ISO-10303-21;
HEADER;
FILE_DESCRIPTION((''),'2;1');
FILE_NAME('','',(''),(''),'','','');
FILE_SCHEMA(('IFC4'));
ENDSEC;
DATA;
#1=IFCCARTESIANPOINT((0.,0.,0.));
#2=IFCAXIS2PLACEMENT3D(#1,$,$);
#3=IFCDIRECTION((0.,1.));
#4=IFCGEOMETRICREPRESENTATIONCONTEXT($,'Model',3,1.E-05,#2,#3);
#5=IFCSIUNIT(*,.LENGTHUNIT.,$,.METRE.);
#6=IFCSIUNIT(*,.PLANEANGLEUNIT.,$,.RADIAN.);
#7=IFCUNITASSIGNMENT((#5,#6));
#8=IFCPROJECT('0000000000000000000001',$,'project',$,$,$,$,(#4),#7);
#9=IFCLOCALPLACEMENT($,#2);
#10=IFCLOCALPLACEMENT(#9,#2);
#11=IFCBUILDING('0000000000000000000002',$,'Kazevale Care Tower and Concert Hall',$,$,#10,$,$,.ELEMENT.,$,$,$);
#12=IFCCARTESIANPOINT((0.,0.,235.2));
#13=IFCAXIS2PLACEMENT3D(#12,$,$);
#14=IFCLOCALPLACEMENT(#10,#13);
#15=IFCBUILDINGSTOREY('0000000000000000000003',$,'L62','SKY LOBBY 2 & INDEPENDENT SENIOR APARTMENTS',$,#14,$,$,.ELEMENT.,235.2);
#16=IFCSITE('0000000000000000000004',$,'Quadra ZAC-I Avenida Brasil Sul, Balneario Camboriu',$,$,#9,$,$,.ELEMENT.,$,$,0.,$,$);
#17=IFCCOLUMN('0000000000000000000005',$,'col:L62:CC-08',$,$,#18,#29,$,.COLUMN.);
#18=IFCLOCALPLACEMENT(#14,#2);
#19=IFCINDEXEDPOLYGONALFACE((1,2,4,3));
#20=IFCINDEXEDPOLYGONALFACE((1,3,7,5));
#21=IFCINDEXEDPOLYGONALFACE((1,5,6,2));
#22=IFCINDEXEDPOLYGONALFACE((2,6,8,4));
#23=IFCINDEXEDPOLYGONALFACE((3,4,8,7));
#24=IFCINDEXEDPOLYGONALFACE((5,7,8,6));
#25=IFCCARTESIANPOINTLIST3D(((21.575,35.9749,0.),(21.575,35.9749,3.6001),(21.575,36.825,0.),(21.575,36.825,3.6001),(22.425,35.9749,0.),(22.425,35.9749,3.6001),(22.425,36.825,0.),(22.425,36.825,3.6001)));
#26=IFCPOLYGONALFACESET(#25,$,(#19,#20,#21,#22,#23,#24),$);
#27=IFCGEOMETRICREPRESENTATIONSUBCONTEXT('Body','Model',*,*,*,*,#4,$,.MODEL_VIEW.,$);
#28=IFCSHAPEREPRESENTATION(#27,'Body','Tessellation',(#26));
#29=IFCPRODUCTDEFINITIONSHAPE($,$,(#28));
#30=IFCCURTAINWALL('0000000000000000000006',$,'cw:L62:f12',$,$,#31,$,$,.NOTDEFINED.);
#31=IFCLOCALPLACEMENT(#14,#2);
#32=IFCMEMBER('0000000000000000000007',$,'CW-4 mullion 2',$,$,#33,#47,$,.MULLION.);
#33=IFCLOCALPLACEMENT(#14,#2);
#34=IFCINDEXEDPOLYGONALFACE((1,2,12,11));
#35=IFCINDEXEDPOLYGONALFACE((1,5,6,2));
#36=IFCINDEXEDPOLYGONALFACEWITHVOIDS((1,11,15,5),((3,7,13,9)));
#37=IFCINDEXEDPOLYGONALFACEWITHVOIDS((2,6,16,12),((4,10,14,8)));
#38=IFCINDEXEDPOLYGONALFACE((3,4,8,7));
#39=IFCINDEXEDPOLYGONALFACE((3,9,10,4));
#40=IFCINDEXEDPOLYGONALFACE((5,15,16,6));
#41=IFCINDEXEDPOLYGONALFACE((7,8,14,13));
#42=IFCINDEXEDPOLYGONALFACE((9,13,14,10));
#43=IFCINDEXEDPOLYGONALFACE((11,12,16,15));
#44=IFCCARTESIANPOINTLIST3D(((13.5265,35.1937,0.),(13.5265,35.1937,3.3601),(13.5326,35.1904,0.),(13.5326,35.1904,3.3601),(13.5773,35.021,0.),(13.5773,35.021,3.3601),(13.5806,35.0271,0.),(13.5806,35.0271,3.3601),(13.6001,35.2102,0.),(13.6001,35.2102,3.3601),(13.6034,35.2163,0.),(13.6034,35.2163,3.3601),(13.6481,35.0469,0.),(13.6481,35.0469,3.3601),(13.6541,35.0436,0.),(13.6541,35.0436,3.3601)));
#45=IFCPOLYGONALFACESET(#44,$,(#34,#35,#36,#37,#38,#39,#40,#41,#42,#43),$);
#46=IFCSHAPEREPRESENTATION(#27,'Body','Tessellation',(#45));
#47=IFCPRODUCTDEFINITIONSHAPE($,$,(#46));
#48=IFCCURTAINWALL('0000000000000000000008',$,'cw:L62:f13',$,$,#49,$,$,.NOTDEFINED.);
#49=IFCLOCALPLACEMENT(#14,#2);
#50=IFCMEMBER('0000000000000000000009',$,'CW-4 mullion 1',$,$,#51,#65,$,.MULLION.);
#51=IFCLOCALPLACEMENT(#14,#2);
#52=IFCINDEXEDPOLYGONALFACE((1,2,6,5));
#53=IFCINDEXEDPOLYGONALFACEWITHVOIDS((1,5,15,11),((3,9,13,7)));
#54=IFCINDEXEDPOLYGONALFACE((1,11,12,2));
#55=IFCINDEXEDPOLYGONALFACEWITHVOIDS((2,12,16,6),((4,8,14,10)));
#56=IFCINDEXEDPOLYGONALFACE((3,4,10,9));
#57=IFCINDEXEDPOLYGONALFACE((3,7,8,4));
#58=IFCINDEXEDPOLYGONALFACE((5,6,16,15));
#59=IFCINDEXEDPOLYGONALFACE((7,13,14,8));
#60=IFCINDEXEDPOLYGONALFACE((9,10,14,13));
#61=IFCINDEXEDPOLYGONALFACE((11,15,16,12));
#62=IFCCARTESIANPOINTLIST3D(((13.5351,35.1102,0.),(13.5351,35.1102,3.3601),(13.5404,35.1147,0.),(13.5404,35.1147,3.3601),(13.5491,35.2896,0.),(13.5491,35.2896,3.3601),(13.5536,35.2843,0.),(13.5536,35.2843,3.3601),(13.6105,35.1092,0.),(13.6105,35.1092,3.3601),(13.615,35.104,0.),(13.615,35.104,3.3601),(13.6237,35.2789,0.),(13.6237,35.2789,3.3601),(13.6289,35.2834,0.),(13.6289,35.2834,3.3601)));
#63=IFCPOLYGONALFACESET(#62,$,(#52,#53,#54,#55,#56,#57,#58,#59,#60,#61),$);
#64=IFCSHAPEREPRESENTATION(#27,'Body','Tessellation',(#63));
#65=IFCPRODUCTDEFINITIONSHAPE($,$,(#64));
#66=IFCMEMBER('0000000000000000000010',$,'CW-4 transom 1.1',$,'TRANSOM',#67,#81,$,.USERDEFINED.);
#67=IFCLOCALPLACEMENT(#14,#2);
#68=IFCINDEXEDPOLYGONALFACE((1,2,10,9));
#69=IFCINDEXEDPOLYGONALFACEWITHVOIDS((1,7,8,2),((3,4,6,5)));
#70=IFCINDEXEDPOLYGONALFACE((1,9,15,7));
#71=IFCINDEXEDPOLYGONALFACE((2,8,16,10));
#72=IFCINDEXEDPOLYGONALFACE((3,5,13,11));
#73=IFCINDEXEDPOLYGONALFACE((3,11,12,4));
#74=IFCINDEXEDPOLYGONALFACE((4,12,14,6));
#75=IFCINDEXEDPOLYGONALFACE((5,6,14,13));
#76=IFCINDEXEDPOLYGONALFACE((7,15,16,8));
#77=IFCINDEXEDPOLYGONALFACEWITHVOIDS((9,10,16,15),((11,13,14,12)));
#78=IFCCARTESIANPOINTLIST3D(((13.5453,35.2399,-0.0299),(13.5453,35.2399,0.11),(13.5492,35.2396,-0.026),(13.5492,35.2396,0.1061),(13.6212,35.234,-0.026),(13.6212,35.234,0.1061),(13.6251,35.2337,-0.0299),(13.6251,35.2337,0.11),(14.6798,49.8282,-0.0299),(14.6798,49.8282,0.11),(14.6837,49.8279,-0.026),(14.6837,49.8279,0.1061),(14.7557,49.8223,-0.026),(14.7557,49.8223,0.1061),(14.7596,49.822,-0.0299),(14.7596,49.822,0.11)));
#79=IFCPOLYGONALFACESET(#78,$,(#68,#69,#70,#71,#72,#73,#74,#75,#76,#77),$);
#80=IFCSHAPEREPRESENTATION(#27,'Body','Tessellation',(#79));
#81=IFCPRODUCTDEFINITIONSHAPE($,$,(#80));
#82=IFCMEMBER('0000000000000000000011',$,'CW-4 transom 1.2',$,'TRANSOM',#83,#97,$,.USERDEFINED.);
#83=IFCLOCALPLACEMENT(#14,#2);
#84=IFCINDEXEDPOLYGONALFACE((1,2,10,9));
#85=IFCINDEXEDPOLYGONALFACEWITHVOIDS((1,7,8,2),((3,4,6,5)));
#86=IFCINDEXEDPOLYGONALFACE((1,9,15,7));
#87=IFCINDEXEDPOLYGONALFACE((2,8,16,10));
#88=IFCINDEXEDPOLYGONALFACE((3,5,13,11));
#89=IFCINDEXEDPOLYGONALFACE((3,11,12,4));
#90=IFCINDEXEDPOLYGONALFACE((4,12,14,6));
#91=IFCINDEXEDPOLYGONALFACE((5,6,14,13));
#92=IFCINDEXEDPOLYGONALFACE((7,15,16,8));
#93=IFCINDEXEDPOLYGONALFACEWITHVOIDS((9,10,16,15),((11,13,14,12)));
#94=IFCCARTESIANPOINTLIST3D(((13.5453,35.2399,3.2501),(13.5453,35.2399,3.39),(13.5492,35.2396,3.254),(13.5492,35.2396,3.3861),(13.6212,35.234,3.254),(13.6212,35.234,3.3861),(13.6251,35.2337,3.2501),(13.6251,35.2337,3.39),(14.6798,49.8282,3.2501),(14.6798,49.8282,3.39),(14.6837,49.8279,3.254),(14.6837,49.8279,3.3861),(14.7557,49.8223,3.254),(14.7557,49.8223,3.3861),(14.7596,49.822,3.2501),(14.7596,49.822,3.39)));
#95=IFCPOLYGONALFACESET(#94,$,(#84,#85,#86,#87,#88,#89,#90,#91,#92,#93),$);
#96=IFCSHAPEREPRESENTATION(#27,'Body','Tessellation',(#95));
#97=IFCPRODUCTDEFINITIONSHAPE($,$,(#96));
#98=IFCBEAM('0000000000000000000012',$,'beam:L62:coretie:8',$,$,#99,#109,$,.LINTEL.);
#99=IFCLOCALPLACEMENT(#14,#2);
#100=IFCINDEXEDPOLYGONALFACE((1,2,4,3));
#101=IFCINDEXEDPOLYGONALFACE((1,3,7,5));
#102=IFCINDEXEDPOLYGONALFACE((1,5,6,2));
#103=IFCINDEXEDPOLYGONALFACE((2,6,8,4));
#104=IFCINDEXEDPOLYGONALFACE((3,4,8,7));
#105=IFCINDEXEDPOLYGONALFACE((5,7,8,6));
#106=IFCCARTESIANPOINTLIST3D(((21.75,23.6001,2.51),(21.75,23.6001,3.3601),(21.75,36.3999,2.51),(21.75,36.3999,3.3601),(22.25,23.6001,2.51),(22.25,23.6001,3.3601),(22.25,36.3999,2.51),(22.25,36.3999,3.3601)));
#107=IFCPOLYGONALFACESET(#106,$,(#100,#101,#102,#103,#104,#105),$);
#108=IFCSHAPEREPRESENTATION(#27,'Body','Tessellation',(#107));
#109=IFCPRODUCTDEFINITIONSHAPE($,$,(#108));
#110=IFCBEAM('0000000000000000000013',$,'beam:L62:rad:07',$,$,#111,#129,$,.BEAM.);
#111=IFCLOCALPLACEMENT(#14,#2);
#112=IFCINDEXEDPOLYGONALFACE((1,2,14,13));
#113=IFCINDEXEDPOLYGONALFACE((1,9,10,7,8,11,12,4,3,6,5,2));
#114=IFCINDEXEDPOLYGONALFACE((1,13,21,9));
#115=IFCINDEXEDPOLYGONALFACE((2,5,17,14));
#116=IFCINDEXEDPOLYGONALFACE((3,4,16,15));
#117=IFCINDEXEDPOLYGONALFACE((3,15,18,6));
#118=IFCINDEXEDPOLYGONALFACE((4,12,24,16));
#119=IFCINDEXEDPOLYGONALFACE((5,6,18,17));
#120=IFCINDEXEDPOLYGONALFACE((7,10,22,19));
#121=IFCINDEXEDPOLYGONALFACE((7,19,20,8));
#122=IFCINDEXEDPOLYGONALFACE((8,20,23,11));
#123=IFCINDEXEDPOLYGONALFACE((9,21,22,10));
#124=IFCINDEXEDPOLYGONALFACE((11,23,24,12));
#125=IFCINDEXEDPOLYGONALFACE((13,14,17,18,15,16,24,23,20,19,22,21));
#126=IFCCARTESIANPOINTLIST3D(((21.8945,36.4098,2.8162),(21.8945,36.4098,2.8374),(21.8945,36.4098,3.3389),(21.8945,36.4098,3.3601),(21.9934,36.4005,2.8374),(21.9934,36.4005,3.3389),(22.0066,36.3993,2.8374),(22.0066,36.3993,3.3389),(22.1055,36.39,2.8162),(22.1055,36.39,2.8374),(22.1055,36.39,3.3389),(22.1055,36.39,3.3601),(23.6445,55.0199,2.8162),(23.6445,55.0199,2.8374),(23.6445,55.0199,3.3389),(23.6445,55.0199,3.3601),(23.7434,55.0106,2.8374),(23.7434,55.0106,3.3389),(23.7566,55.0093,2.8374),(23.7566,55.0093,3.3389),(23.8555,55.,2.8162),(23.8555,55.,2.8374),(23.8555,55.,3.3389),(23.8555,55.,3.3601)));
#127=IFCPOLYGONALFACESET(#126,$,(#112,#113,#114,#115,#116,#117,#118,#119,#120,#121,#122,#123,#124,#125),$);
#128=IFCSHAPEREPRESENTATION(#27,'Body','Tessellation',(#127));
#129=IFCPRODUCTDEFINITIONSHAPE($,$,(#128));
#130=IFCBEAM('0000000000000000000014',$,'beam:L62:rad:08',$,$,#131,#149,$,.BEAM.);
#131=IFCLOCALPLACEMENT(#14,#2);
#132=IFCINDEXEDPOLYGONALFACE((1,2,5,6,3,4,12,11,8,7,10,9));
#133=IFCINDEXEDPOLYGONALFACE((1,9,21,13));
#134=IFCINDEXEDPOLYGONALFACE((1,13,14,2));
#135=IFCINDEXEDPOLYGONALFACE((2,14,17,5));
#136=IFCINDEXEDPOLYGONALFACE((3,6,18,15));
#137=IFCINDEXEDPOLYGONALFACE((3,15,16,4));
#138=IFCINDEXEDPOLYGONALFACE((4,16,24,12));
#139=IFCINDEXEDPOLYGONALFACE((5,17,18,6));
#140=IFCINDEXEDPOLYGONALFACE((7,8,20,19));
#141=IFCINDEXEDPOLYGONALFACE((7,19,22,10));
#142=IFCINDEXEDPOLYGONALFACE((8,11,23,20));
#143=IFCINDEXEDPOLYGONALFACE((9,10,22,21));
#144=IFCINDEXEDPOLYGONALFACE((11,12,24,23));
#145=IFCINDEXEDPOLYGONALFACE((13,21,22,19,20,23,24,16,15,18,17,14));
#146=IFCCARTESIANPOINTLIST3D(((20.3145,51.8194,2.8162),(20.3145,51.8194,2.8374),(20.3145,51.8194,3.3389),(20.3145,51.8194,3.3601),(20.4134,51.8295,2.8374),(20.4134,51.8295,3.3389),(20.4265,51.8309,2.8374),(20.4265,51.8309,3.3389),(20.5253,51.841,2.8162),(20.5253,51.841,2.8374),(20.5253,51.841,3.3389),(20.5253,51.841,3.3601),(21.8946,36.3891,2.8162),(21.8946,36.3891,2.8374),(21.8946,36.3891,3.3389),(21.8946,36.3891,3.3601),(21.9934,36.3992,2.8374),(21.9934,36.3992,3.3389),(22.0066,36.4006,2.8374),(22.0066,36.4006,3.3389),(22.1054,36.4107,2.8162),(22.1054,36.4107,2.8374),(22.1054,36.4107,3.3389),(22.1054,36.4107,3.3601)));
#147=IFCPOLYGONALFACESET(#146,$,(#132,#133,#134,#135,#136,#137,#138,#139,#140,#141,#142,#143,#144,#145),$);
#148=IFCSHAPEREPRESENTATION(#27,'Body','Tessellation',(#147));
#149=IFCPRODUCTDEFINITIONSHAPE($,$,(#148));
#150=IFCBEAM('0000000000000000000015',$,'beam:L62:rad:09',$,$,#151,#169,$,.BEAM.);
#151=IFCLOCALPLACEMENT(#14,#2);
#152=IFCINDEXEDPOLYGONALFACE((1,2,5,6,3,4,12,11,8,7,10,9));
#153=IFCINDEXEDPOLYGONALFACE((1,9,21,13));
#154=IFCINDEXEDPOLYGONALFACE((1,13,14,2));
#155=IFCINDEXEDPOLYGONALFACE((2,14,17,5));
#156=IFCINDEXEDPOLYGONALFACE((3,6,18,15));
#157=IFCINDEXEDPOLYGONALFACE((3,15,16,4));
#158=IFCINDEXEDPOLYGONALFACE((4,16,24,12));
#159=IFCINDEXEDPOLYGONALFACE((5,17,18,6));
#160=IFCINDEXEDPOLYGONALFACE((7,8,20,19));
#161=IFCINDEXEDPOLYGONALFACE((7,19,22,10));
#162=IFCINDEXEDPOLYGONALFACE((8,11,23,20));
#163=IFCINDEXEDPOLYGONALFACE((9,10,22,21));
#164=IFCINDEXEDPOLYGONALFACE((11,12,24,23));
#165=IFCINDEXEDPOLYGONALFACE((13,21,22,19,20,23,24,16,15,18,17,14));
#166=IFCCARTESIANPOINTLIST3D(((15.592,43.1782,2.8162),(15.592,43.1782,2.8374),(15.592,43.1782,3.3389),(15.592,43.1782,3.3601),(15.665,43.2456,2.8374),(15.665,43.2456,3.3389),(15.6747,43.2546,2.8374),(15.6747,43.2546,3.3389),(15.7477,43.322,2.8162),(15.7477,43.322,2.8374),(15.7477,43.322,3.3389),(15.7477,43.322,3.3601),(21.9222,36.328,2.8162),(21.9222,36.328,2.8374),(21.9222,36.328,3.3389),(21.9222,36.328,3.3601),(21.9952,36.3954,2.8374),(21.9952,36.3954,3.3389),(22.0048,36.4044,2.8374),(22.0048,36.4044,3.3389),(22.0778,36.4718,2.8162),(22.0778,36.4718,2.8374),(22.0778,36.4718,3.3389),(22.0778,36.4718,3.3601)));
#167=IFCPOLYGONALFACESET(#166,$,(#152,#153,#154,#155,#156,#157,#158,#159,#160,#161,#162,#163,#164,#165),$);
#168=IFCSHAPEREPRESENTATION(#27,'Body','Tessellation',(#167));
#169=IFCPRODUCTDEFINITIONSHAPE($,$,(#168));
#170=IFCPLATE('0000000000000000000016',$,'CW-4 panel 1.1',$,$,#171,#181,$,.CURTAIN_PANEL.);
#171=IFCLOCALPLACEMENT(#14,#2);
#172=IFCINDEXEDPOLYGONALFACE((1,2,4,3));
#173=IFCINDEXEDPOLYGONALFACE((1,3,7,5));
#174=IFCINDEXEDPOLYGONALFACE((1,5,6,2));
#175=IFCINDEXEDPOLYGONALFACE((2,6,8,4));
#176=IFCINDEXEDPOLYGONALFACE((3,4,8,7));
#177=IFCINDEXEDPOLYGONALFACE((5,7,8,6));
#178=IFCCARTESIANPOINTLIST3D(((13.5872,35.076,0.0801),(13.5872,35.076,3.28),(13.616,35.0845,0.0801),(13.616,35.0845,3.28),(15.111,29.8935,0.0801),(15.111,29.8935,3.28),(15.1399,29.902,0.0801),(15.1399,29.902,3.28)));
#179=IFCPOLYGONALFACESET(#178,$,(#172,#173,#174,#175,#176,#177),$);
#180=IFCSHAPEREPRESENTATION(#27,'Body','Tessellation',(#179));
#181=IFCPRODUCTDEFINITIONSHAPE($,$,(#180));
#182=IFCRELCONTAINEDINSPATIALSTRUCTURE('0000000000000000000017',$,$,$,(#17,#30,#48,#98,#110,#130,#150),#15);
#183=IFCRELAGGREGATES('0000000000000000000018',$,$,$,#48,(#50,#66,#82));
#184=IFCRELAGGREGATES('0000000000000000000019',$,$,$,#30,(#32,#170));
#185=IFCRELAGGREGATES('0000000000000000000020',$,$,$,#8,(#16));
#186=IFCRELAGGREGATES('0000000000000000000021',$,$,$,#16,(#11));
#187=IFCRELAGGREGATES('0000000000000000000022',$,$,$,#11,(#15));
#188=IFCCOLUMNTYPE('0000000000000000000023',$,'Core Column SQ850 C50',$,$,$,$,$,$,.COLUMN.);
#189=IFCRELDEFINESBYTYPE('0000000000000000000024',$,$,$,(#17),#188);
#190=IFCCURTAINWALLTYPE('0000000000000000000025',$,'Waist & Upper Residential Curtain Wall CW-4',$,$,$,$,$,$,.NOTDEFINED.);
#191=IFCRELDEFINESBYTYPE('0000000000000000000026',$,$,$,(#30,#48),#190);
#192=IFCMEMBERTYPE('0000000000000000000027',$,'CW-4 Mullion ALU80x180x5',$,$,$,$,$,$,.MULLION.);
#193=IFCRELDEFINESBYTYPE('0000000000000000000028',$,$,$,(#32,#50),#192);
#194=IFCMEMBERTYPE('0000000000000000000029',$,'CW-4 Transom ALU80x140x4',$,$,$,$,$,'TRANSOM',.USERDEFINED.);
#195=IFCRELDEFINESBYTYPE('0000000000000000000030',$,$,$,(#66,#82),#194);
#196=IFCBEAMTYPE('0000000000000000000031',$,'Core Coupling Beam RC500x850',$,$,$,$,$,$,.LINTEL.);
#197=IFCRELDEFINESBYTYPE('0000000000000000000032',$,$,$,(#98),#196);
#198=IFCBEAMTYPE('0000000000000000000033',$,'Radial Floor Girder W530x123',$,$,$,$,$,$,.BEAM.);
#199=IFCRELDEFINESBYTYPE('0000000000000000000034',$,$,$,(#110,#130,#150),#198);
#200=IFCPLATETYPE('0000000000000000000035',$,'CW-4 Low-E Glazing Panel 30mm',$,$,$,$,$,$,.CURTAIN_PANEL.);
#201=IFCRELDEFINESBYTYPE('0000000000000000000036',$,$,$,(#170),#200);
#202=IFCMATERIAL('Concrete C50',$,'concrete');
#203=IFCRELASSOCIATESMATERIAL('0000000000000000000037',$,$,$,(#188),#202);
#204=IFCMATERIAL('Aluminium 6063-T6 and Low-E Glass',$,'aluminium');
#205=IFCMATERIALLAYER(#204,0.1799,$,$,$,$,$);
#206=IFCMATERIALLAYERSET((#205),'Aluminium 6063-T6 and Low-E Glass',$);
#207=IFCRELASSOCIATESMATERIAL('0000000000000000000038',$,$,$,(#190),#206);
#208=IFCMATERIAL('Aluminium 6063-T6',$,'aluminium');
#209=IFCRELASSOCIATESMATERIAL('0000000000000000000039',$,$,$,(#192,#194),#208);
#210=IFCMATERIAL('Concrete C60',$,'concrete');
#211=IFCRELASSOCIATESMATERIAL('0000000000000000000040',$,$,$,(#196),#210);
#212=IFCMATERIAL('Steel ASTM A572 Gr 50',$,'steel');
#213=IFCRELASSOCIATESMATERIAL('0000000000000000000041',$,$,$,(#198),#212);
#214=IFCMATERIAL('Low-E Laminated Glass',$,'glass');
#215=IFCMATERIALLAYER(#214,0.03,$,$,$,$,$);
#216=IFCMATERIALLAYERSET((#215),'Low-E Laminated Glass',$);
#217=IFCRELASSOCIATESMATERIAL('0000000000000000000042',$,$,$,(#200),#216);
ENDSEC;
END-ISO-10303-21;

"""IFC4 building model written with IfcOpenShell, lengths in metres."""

from ifc_helpers import new_model, si_unit, direction, frame, origin, origin_2d, place, context, subcontext, project, spatial, rectangle, hollow_rectangle, i_section, extrude, material, layer, layer_set, material_profile, profile_set, type_object, element, aggregate, save


model = new_model("IFC4")

# Units and contexts
model_context = context("Model", 3, precision=1e-05, world=origin(), true_north=direction((0.0, 1.0)))
body_context = subcontext(model_context, "Body", "Model", "MODEL_VIEW")
ifc_project = project(units=[si_unit("LENGTHUNIT", "METRE"), si_unit("PLANEANGLEUNIT", "RADIAN")], contexts=[model_context])

# Site, building, storey
site_placement = place(None, origin())
site = spatial("IfcSite", under=ifc_project, at=site_placement, Name="Quadra ZAC-I Avenida Brasil Sul, Balneario Camboriu", CompositionType="ELEMENT", RefElevation=0.0)
building_placement = place(site_placement, origin())
building = spatial("IfcBuilding", under=site, at=building_placement, Name="Kazevale Care Tower and Concert Hall", CompositionType="ELEMENT")
storey_placement = place(building_placement, frame((0.0, 0.0, 235.2)))
storey = spatial("IfcBuildingStorey", under=building, at=storey_placement, Name="L62", Description="SKY LOBBY 2 & INDEPENDENT SENIOR APARTMENTS", CompositionType="ELEMENT", Elevation=235.2)

# Column
ifc_material_1 = material(Name="Concrete C50", Category="concrete")
ifc_material_profile_1 = material_profile(ifc_material_1, rectangle(XDim=0.8501, YDim=0.8501, at=origin_2d()), Name="RC-SQ850")
ifc_profile_set_1 = profile_set([ifc_material_profile_1], Name="Concrete C50")
column_type = type_object("IfcColumnType", Name="Core Column SQ850 C50", PredefinedType="COLUMN", material=ifc_profile_set_1)
column_placement = place(storey_placement, frame((22.0, 36.3999, 0.0), z_axis=(0.0, 0.0, 1.0), x_axis=(1.0, 0.0, 0.0)))
element("IfcColumn", 1, at=column_placement, inside=storey, type_object=column_type, Name="col:L62:CC-08", PredefinedType="COLUMN", context=body_context, shape_type="SweptSolid", body=[
    extrude(rectangle(XDim=0.8501, YDim=0.8501, at=origin_2d()), origin(), (0.0, 0.0, 1.0), 3.6001),
])

# Curtain wall, member
ifc_material_2 = material(Name="Aluminium 6063-T6 and Low-E Glass", Category="aluminium")
ifc_layer_1 = layer(ifc_material_2, 0.1799)
ifc_layer_set_1 = layer_set([ifc_layer_1], Name="Aluminium 6063-T6 and Low-E Glass")
curtain_wall_type = type_object("IfcCurtainWallType", Name="Waist & Upper Residential Curtain Wall CW-4", PredefinedType="NOTDEFINED", material=ifc_layer_set_1)
curtain_wall_1_placement = place(storey_placement, origin())
curtain_wall_1 = element("IfcCurtainWall", 2, at=curtain_wall_1_placement, inside=storey, type_object=curtain_wall_type, Name="cw:L62:f12", PredefinedType="NOTDEFINED")
ifc_material_3 = material(Name="Aluminium 6063-T6", Category="aluminium")
ifc_material_profile_2 = material_profile(ifc_material_3, hollow_rectangle(XDim=0.0801, YDim=0.1799, WallThickness=0.0049, at=origin_2d()), Name="ALU80x180x5")
ifc_profile_set_2 = profile_set([ifc_material_profile_2], Name="Aluminium 6063-T6")
member_type_1 = type_object("IfcMemberType", Name="CW-4 Mullion ALU80x180x5", PredefinedType="MULLION", material=ifc_profile_set_2)
member_1_placement = place(storey_placement, frame((13.5903, 35.1187, 0.0), z_axis=(0.0, 0.0, 1.0), x_axis=(-0.959386, -0.282098, 0.0)))
member_1 = element("IfcMember", 3, at=member_1_placement, type_object=member_type_1, Name="CW-4 mullion 2", PredefinedType="MULLION", context=body_context, shape_type="SweptSolid", body=[
    extrude(hollow_rectangle(XDim=0.0801, YDim=0.1799, WallThickness=0.0049, at=origin_2d()), origin(), (0.0, 0.0, 1.0), 3.3601),
])

# Curtain wall, members
curtain_wall_2_placement = place(storey_placement, origin())
curtain_wall_2 = element("IfcCurtainWall", 4, at=curtain_wall_2_placement, inside=storey, type_object=curtain_wall_type, Name="cw:L62:f13", PredefinedType="NOTDEFINED")
member_2_placement = place(storey_placement, frame((13.582, 35.1968, 0.0), z_axis=(0.0, 0.0, 1.0), x_axis=(-0.996989, 0.077539, 0.0)))
member_2 = element("IfcMember", 5, at=member_2_placement, type_object=member_type_1, Name="CW-4 mullion 1", PredefinedType="MULLION", context=body_context, shape_type="SweptSolid", body=[
    extrude(hollow_rectangle(XDim=0.0801, YDim=0.1799, WallThickness=0.0049, at=origin_2d()), origin(), (0.0, 0.0, 1.0), 3.3601),
])
ifc_material_profile_3 = material_profile(ifc_material_3, hollow_rectangle(XDim=0.0801, YDim=0.1399, WallThickness=0.0039, at=origin_2d()), Name="ALU80x140x4")
ifc_profile_set_3 = profile_set([ifc_material_profile_3], Name="Aluminium 6063-T6")
member_type_2 = type_object("IfcMemberType", Name="CW-4 Transom ALU80x140x4", ElementType="TRANSOM", PredefinedType="USERDEFINED", material=ifc_profile_set_3)
member_3_placement = place(storey_placement, frame((13.5852, 35.2368, 0.04), z_axis=(0.077535, 0.99699, 0.0), x_axis=(-0.99699, 0.077535, 0.0)))
member_3 = element("IfcMember", 6, at=member_3_placement, type_object=member_type_2, Name="CW-4 transom 1.1", ObjectType="TRANSOM", PredefinedType="USERDEFINED", context=body_context, shape_type="SweptSolid", body=[
    extrude(hollow_rectangle(XDim=0.0801, YDim=0.1399, WallThickness=0.0039, at=origin_2d()), origin(), (0.0, 0.0, 1.0), 14.6323),
])
member_4_placement = place(storey_placement, frame((13.5852, 35.2368, 3.3201), z_axis=(0.077535, 0.99699, 0.0), x_axis=(-0.99699, 0.077535, 0.0)))
member_4 = element("IfcMember", 7, at=member_4_placement, type_object=member_type_2, Name="CW-4 transom 1.2", ObjectType="TRANSOM", PredefinedType="USERDEFINED", context=body_context, shape_type="SweptSolid", body=[
    extrude(hollow_rectangle(XDim=0.0801, YDim=0.1399, WallThickness=0.0039, at=origin_2d()), origin(), (0.0, 0.0, 1.0), 14.6323),
])
aggregate(curtain_wall_2, [member_2, member_3, member_4])

# Beams
ifc_material_4 = material(Name="Concrete C60", Category="concrete")
ifc_material_profile_4 = material_profile(ifc_material_4, rectangle(XDim=0.5, YDim=0.8501, at=origin_2d()), Name="RC-B500x850")
ifc_profile_set_4 = profile_set([ifc_material_profile_4], Name="Concrete C60")
beam_type_1 = type_object("IfcBeamType", Name="Core Coupling Beam RC500x850", PredefinedType="LINTEL", material=ifc_profile_set_4)
beam_1_placement = place(storey_placement, frame((22.0, 36.3999, 2.9351), z_axis=(0.0, -1.0, 0.0), x_axis=(1.0, 0.0, 0.0)))
element("IfcBeam", 8, at=beam_1_placement, inside=storey, type_object=beam_type_1, Name="beam:L62:coretie:8", PredefinedType="LINTEL", context=body_context, shape_type="SweptSolid", body=[
    extrude(rectangle(XDim=0.5, YDim=0.8501, at=origin_2d()), origin(), (0.0, 0.0, 1.0), 12.7998),
])
ifc_material_5 = material(Name="Steel ASTM A572 Gr 50", Category="steel")
ifc_material_profile_5 = material_profile(ifc_material_5, i_section(OverallWidth=0.2119, OverallDepth=0.5439, WebThickness=0.0132, FlangeThickness=0.0212, at=origin_2d()), Name="W530x123")
ifc_profile_set_5 = profile_set([ifc_material_profile_5], Name="Steel ASTM A572 Gr 50")
beam_type_2 = type_object("IfcBeamType", Name="Radial Floor Girder W530x123", PredefinedType="BEAM", material=ifc_profile_set_5)
beam_2_placement = place(storey_placement, frame((22.0, 36.3999, 3.0881), z_axis=(0.093622, 0.995608, 0.0), x_axis=(-0.995608, 0.093622, 0.0)))
element("IfcBeam", 9, at=beam_2_placement, inside=storey, type_object=beam_type_2, Name="beam:L62:rad:07", PredefinedType="BEAM", context=body_context, shape_type="SweptSolid", body=[
    extrude(i_section(OverallWidth=0.2119, OverallDepth=0.5439, WebThickness=0.0132, FlangeThickness=0.0212, at=origin_2d()), origin(), (0.0, 0.0, 1.0), 18.6921),
])
beam_3_placement = place(storey_placement, frame((22.0, 36.3999, 3.0881), z_axis=(-0.101869, 0.994798, 0.0), x_axis=(-0.994798, -0.101869, 0.0)))
element("IfcBeam", 10, at=beam_3_placement, inside=storey, type_object=beam_type_2, Name="beam:L62:rad:08", PredefinedType="BEAM", context=body_context, shape_type="SweptSolid", body=[
    extrude(i_section(OverallWidth=0.2119, OverallDepth=0.5439, WebThickness=0.0132, FlangeThickness=0.0212, at=origin_2d()), origin(), (0.0, 0.0, 1.0), 15.511),
])
beam_4_placement = place(storey_placement, frame((22.0, 36.3999, 3.0881), z_axis=(-0.67868, 0.734434, 0.0), x_axis=(-0.734434, -0.67868, 0.0)))
element("IfcBeam", 11, at=beam_4_placement, inside=storey, type_object=beam_type_2, Name="beam:L62:rad:09", PredefinedType="BEAM", context=body_context, shape_type="SweptSolid", body=[
    extrude(i_section(OverallWidth=0.2119, OverallDepth=0.5439, WebThickness=0.0132, FlangeThickness=0.0212, at=origin_2d()), origin(), (0.0, 0.0, 1.0), 9.3271),
])

# Plate
ifc_material_6 = material(Name="Low-E Laminated Glass", Category="glass")
ifc_layer_2 = layer(ifc_material_6, 0.03)
ifc_layer_set_2 = layer_set([ifc_layer_2], Name="Low-E Laminated Glass")
plate_type = type_object("IfcPlateType", Name="CW-4 Low-E Glazing Panel 30mm", PredefinedType="CURTAIN_PANEL", material=ifc_layer_set_2)
plate_placement = place(storey_placement, frame((14.3635, 32.489, 0.0801), z_axis=(0.0, 0.0, 1.0), x_axis=(-0.282098, 0.959386, 0.0)))
plate = element("IfcPlate", 12, at=plate_placement, type_object=plate_type, Name="CW-4 panel 1.1", PredefinedType="CURTAIN_PANEL", context=body_context, shape_type="SweptSolid", body=[
    extrude(rectangle(XDim=5.4019, YDim=0.03, at=origin_2d()), origin(), (0.0, 0.0, 1.0), 3.2),
])
aggregate(curtain_wall_1, [member_1, plate])

save(model, "model.ifc")
